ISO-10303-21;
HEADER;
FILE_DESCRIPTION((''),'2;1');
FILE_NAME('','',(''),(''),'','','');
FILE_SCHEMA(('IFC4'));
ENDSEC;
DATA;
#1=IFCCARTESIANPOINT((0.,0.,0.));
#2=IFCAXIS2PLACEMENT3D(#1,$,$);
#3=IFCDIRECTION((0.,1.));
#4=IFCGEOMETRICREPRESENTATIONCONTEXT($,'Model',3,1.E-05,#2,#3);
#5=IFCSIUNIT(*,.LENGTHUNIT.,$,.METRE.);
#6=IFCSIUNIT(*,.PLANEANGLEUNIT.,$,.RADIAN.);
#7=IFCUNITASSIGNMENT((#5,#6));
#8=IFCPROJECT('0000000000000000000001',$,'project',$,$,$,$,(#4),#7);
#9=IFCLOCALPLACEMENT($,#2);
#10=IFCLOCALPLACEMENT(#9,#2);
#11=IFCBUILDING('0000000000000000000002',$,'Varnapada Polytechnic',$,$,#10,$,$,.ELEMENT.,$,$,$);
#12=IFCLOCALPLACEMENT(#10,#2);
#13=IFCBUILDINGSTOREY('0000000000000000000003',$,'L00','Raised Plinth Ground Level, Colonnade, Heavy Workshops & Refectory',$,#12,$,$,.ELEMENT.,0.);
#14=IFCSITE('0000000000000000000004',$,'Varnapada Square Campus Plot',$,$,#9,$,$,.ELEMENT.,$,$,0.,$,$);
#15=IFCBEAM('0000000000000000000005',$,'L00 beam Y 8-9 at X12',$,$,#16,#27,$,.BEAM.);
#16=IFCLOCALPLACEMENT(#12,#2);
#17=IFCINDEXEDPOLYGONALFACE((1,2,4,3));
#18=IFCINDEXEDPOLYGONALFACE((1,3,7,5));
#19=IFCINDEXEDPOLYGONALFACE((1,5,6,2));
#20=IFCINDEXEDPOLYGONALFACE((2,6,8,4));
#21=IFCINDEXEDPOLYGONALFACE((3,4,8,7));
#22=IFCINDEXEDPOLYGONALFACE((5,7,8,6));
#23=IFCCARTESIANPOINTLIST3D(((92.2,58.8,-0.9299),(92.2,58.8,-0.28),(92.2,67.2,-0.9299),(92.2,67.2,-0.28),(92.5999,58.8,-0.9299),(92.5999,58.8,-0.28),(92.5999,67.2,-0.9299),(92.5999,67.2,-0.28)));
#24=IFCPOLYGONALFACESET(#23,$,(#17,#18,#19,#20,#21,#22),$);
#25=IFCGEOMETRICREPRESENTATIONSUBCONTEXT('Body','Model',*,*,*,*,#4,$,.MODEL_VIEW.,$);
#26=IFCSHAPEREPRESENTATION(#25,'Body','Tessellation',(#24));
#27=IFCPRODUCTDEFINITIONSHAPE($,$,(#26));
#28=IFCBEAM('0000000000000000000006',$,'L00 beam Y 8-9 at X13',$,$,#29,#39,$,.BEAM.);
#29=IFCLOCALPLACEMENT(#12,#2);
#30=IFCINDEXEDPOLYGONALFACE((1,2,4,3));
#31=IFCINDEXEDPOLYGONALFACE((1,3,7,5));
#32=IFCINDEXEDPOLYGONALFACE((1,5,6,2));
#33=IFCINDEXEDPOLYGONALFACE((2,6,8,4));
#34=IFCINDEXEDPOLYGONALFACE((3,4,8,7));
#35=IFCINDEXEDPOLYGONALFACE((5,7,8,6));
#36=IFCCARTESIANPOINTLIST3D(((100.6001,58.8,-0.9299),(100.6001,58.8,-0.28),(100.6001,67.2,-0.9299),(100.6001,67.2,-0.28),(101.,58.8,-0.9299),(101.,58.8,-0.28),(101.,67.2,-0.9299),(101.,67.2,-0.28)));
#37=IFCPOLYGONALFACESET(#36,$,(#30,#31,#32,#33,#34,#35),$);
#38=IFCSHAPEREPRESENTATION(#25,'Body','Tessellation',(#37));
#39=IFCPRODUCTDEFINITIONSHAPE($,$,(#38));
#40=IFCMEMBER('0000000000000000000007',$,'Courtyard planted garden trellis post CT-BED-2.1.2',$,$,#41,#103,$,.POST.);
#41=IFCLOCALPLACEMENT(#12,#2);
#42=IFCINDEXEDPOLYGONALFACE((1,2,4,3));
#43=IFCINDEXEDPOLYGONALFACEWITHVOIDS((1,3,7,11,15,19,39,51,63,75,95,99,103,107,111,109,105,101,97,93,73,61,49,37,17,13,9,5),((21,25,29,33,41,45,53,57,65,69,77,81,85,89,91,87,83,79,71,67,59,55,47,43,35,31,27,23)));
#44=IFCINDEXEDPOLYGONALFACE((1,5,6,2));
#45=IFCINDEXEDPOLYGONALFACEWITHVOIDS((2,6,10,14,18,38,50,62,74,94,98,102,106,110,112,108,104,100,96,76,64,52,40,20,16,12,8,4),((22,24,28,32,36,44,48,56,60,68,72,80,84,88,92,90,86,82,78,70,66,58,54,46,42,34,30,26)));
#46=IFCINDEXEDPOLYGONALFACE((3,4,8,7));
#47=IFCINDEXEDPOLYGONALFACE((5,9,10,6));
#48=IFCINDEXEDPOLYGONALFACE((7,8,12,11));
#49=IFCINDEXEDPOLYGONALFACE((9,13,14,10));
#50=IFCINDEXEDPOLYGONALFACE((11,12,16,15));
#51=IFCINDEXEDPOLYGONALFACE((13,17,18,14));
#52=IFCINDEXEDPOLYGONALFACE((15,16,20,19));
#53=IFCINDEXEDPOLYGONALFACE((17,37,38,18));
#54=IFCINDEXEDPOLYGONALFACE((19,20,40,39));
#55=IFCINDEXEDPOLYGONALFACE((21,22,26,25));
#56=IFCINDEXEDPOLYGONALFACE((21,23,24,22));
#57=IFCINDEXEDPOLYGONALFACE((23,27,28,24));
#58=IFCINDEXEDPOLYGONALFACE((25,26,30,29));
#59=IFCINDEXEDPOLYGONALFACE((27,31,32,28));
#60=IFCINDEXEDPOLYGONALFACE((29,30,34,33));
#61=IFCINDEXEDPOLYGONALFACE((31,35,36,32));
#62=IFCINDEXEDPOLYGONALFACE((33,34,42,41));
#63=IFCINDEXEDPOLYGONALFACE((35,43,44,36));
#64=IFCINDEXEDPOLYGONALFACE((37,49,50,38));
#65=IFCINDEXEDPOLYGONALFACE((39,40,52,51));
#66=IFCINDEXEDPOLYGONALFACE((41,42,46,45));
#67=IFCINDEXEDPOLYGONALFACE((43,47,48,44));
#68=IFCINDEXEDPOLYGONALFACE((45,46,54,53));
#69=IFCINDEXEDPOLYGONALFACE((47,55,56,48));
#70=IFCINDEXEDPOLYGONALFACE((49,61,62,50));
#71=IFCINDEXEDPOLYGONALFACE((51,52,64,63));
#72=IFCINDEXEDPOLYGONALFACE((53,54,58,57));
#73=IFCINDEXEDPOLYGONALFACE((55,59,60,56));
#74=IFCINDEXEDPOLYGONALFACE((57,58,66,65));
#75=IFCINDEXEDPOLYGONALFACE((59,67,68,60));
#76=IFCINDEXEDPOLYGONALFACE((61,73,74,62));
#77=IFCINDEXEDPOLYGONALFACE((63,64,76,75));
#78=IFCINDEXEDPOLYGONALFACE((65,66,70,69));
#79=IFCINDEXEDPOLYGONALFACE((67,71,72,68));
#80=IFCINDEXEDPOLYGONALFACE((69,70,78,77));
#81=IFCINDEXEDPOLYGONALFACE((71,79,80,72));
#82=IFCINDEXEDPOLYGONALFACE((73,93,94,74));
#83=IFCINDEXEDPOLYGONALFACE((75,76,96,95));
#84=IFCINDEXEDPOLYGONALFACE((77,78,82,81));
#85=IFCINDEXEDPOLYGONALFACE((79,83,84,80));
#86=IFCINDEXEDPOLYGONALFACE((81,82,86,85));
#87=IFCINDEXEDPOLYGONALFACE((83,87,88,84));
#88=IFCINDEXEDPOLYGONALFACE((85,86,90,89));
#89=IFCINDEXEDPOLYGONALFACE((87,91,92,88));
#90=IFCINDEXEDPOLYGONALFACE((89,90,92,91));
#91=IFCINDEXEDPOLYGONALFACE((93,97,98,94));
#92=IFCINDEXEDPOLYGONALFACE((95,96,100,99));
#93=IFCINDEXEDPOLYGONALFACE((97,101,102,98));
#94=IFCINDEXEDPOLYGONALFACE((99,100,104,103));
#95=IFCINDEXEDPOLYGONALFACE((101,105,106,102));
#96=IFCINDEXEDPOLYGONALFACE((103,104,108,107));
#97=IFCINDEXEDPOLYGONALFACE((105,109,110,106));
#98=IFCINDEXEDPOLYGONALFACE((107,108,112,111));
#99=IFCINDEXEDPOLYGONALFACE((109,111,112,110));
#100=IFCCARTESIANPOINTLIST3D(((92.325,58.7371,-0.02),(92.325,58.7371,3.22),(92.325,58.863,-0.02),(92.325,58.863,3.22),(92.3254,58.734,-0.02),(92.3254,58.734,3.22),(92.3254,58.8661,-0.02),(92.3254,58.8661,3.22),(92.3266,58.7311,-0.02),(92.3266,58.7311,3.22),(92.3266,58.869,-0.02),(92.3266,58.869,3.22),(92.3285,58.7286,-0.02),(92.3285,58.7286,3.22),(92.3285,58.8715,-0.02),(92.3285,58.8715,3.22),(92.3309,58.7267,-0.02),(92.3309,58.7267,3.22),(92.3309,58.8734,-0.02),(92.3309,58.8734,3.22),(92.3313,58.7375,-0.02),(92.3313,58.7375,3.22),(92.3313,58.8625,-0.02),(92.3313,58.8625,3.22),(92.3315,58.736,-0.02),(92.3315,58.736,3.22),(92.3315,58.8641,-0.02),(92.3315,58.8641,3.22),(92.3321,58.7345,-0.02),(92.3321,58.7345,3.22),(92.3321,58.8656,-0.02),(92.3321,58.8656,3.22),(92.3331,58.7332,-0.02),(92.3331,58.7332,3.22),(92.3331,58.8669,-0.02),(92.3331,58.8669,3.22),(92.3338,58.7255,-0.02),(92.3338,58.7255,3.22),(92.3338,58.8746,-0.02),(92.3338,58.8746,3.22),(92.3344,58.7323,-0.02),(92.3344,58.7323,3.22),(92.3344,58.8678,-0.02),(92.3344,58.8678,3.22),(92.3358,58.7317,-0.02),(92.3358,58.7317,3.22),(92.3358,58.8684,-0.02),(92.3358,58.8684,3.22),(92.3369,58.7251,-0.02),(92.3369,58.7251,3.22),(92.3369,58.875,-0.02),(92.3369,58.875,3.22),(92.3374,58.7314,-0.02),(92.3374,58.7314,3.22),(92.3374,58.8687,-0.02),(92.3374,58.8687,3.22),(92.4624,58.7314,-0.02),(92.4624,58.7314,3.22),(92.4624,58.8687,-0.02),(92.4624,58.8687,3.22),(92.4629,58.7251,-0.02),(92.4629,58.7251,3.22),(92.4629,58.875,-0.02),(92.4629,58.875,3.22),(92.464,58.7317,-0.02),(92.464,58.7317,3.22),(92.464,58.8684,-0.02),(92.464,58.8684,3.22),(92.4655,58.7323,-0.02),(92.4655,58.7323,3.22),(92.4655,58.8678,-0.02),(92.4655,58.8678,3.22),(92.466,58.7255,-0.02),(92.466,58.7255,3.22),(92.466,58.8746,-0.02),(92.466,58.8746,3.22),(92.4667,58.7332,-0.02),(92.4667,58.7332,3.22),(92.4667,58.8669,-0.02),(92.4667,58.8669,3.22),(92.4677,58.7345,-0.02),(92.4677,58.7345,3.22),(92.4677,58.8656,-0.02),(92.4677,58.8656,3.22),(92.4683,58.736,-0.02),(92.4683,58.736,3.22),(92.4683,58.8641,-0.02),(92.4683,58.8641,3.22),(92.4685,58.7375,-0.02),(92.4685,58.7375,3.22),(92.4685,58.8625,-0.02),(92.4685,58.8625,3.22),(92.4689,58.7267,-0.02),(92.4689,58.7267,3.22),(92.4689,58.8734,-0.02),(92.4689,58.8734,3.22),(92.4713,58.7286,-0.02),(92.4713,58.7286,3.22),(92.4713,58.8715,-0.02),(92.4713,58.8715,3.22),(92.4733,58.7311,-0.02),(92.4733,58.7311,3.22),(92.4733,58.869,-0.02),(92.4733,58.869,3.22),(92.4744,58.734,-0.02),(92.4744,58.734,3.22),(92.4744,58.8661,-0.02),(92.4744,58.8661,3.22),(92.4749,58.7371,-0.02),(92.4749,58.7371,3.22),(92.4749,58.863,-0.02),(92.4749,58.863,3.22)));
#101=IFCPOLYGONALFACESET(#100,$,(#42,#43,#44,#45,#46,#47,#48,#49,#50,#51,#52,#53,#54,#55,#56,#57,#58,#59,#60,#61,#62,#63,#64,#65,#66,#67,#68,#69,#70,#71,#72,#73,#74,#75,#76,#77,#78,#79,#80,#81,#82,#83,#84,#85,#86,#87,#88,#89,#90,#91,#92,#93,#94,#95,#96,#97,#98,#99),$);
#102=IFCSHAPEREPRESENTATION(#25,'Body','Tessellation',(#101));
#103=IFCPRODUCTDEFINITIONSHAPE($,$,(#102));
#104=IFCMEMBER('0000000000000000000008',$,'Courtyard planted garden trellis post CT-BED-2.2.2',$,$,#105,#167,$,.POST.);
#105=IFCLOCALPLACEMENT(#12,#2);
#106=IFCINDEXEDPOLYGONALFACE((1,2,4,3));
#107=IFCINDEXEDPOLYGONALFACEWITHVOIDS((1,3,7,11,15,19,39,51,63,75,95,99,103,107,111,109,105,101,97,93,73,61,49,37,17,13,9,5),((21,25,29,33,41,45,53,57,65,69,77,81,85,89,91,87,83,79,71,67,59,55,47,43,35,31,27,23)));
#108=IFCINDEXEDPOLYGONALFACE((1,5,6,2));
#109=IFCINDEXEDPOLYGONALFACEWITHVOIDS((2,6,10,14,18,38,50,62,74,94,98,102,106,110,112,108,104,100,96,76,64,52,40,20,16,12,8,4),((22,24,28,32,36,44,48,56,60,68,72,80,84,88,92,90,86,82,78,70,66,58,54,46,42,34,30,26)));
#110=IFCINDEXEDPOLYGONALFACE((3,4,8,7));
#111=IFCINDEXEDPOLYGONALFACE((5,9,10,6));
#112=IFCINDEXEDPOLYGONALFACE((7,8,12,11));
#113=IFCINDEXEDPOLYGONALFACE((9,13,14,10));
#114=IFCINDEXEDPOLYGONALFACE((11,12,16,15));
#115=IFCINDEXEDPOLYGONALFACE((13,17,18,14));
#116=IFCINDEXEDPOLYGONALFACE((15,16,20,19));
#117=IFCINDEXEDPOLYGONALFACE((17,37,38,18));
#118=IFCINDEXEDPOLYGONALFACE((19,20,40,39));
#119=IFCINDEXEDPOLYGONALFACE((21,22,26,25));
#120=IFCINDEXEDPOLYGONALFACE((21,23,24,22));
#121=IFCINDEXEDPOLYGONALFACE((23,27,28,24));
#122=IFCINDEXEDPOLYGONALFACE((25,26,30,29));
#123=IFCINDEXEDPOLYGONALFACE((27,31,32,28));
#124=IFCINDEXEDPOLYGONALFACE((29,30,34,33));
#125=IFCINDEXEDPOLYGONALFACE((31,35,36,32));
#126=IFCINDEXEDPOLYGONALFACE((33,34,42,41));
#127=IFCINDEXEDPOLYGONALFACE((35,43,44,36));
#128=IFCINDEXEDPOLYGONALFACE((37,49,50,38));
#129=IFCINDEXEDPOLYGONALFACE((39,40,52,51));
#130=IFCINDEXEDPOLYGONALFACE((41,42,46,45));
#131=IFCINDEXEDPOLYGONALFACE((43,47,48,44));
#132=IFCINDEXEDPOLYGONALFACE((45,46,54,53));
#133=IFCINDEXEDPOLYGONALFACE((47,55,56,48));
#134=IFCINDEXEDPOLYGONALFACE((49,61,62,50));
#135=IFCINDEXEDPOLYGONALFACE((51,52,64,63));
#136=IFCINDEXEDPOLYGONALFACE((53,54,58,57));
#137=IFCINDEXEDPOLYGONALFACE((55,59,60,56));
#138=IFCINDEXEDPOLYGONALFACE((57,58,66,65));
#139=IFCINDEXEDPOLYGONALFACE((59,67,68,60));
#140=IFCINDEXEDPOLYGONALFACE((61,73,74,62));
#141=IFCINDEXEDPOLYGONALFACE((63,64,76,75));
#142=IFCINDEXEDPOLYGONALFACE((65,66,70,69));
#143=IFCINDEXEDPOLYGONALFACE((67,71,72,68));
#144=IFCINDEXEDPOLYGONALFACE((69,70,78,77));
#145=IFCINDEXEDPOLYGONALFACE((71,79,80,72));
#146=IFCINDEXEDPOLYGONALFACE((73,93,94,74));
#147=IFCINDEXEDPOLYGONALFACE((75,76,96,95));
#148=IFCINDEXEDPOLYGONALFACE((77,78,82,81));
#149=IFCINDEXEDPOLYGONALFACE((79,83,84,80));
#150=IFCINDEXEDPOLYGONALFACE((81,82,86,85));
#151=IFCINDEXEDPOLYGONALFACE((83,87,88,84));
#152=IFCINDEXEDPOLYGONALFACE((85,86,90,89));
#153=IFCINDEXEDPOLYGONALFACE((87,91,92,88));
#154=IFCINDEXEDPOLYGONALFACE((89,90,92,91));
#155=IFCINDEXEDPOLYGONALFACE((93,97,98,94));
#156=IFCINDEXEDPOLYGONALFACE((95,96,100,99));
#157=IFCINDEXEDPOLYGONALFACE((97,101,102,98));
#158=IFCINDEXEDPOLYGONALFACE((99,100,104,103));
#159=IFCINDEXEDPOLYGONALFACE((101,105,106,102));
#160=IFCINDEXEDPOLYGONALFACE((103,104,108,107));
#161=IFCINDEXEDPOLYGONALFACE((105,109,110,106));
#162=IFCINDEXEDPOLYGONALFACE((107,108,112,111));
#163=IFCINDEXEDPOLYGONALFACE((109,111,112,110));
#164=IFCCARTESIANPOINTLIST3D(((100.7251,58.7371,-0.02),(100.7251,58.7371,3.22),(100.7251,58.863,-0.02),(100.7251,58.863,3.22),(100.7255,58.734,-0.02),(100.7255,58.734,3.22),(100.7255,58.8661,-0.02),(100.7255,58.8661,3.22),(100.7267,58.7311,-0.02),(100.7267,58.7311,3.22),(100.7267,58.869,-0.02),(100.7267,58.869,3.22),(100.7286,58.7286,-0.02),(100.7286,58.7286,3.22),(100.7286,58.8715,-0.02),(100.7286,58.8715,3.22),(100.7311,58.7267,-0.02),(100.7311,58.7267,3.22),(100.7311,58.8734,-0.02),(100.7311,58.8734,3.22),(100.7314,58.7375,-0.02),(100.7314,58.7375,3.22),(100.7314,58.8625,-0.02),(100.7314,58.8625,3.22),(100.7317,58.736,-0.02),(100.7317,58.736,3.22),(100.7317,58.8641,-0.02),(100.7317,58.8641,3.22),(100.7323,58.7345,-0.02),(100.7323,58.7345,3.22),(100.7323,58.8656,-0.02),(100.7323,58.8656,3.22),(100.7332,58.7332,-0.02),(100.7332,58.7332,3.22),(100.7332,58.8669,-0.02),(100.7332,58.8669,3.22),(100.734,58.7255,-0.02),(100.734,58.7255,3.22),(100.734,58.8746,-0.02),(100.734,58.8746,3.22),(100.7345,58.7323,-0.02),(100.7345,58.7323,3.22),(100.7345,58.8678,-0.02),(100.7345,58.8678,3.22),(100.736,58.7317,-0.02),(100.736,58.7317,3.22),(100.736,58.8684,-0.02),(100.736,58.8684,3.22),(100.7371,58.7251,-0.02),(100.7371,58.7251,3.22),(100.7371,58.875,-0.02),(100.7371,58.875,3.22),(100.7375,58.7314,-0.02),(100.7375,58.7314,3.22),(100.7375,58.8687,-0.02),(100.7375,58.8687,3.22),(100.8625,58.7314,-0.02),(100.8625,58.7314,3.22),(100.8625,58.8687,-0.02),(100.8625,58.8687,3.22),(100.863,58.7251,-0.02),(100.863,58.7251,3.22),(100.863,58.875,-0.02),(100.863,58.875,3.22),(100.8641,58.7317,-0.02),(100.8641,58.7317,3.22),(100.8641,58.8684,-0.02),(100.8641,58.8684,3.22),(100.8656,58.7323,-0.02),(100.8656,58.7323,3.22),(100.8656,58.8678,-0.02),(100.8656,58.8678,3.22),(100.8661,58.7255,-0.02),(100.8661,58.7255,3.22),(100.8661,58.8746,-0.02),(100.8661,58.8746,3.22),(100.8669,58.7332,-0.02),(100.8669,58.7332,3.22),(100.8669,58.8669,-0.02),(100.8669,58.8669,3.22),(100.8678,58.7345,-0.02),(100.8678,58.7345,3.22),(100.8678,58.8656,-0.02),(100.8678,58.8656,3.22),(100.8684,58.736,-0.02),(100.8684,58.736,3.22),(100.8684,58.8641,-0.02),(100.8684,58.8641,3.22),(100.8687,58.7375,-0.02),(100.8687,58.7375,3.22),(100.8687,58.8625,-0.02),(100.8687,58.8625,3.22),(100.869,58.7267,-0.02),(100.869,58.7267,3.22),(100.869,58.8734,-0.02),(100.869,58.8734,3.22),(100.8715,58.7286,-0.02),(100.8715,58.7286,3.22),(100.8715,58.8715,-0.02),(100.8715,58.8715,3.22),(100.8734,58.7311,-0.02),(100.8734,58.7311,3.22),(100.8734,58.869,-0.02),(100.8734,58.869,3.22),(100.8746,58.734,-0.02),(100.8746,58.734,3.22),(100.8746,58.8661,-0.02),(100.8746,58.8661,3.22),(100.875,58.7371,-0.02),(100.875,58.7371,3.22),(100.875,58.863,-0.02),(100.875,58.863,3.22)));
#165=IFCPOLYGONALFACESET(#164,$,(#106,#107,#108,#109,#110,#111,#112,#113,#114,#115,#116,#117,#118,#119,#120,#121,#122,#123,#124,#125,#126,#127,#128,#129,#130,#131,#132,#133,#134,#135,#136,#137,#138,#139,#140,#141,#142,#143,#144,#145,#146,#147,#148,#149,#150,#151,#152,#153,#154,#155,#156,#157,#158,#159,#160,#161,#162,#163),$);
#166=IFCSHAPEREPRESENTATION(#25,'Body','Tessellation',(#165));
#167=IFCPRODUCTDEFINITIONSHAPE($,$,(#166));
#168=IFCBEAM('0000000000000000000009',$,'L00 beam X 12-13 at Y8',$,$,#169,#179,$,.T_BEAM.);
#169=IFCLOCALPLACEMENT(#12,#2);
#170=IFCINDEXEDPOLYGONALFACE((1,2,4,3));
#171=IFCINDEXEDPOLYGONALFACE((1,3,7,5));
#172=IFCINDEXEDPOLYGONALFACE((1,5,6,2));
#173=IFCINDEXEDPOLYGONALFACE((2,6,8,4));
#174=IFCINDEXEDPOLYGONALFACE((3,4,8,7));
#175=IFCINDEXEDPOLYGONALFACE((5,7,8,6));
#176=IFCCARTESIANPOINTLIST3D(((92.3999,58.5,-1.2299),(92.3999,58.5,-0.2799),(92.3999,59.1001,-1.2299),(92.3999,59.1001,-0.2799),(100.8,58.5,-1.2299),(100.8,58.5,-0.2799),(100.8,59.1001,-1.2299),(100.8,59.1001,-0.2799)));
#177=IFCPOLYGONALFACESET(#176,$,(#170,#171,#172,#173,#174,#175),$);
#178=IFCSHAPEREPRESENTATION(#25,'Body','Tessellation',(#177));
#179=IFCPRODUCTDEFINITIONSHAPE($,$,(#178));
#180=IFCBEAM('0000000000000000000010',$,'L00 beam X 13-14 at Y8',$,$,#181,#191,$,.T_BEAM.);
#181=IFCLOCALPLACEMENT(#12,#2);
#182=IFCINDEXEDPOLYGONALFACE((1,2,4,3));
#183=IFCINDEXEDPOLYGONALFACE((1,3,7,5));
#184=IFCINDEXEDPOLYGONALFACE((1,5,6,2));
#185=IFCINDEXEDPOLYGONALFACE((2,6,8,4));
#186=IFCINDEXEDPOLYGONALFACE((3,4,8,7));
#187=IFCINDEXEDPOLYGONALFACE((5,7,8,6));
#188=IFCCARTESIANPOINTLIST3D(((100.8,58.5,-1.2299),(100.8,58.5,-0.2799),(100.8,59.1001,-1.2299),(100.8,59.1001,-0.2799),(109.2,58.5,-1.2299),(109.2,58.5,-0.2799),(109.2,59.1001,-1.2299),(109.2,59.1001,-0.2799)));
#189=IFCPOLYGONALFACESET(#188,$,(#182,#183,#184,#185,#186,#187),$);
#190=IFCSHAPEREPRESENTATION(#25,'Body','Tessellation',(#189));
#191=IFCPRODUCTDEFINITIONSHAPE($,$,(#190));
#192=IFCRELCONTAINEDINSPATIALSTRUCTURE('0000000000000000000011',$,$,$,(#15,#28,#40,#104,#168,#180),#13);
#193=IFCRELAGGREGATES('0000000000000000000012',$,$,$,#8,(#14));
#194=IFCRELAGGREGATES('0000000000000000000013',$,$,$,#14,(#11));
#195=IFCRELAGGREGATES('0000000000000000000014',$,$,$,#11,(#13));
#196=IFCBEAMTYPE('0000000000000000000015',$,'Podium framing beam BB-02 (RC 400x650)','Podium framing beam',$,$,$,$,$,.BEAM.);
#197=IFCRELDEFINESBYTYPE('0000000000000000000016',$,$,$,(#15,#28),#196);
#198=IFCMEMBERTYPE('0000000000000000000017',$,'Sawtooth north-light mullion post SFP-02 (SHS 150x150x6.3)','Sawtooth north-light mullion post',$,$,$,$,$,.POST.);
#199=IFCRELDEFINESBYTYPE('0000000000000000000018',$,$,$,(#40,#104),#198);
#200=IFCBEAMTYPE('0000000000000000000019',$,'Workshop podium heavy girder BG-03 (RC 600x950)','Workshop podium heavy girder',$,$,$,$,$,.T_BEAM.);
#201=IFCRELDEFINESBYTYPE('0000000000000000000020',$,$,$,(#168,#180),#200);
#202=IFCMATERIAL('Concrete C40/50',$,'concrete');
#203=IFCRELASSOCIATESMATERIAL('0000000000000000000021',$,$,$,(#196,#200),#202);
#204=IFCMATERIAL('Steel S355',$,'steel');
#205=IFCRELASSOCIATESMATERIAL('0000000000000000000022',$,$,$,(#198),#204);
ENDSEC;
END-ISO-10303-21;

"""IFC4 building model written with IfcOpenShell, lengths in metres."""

from ifc_helpers import new_model, si_unit, direction, frame, origin, origin_2d, place, context, subcontext, project, spatial, rectangle, hollow_rectangle, extrude, material, material_profile, profile_set, type_object, element, save


model = new_model("IFC4")

# Units and contexts
model_context = context("Model", 3, precision=1e-05, world=origin(), true_north=direction((0.0, 1.0)))
body_context = subcontext(model_context, "Body", "Model", "MODEL_VIEW")
ifc_project = project(units=[si_unit("LENGTHUNIT", "METRE"), si_unit("PLANEANGLEUNIT", "RADIAN")], contexts=[model_context])

# Site, building, storey
site_placement = place(None, origin())
site = spatial("IfcSite", under=ifc_project, at=site_placement, Name="Varnapada Square Campus Plot", CompositionType="ELEMENT", RefElevation=0.0)
building_placement = place(site_placement, origin())
building = spatial("IfcBuilding", under=site, at=building_placement, Name="Varnapada Polytechnic", CompositionType="ELEMENT")
storey_placement = place(building_placement, origin())
storey = spatial("IfcBuildingStorey", under=building, at=storey_placement, Name="L00", Description="Raised Plinth Ground Level, Colonnade, Heavy Workshops & Refectory", CompositionType="ELEMENT", Elevation=0.0)

# Shared definitions
ifc_material_1 = material(Name="Concrete C40/50", Category="concrete")

# Shared definitions
ifc_material_2 = material(Name="Steel S355", Category="steel")

# Beams
ifc_material_profile_1 = material_profile(ifc_material_1, rectangle(XDim=0.3999, YDim=0.6499, at=origin_2d()), Name="RC 400x650")
ifc_profile_set_1 = profile_set([ifc_material_profile_1], Name="Concrete C40/50")
beam_type_1 = type_object("IfcBeamType", Name="Podium framing beam BB-02 (RC 400x650)", Description="Podium framing beam", PredefinedType="BEAM", material=ifc_profile_set_1)
for number, where, z_axis, x_axis, name in (
    (1, (92.3999, 58.8, -0.605), (0.0, 1.0, 0.0), (-1.0, 0.0, 0.0), "L00 beam Y 8-9 at X12"),
    (2, (100.8, 58.8, -0.605), (0.0, 1.0, 0.0), (-1.0, 0.0, 0.0), "L00 beam Y 8-9 at X13"),
):
    element("IfcBeam", number, at=place(storey_placement, frame(where, z_axis=z_axis, x_axis=x_axis)), inside=storey, type_object=beam_type_1, Name=name, PredefinedType="BEAM", context=body_context, shape_type="SweptSolid", body=[
        extrude(rectangle(XDim=0.3999, YDim=0.6499, at=origin_2d()), origin(), (0.0, 0.0, 1.0), 8.3999),
    ])

# Members
ifc_material_profile_2 = material_profile(ifc_material_2, hollow_rectangle(XDim=0.1499, YDim=0.1499, WallThickness=0.0063, InnerFilletRadius=0.0061, OuterFilletRadius=0.012, at=origin_2d()), Name="SHS 150x150x6.3")
ifc_profile_set_2 = profile_set([ifc_material_profile_2], Name="Steel S355")
member_type_1 = type_object("IfcMemberType", Name="Sawtooth north-light mullion post SFP-02 (SHS 150x150x6.3)", Description="Sawtooth north-light mullion post", PredefinedType="POST", material=ifc_profile_set_2)
for number, where, z_axis, x_axis, name in (
    (3, (92.3999, 58.8, -0.02), (0.0, 0.0, 1.0), (1.0, 0.0, 0.0), "Courtyard planted garden trellis post CT-BED-2.1.2"),
    (4, (100.8, 58.8, -0.02), (0.0, 0.0, 1.0), (1.0, 0.0, 0.0), "Courtyard planted garden trellis post CT-BED-2.2.2"),
):
    element("IfcMember", number, at=place(storey_placement, frame(where, z_axis=z_axis, x_axis=x_axis)), inside=storey, type_object=member_type_1, Name=name, PredefinedType="POST", context=body_context, shape_type="SweptSolid", body=[
        extrude(hollow_rectangle(XDim=0.1499, YDim=0.1499, WallThickness=0.0063, InnerFilletRadius=0.0061, OuterFilletRadius=0.012, at=origin_2d()), origin(), (0.0, 0.0, 1.0), 3.24),
    ])

# Beams
ifc_material_profile_3 = material_profile(ifc_material_1, rectangle(XDim=0.6001, YDim=0.95, at=origin_2d()), Name="RC 600x950")
ifc_profile_set_3 = profile_set([ifc_material_profile_3], Name="Concrete C40/50")
beam_type_2 = type_object("IfcBeamType", Name="Workshop podium heavy girder BG-03 (RC 600x950)", Description="Workshop podium heavy girder", PredefinedType="T_BEAM", material=ifc_profile_set_3)
beam_1_placement = place(storey_placement, frame((92.3999, 58.8, -0.7549), z_axis=(1.0, 0.0, 0.0), x_axis=(0.0, 1.0, 0.0)))
element("IfcBeam", 5, at=beam_1_placement, inside=storey, type_object=beam_type_2, Name="L00 beam X 12-13 at Y8", PredefinedType="T_BEAM", context=body_context, shape_type="SweptSolid", body=[
    extrude(rectangle(XDim=0.6001, YDim=0.95, at=origin_2d()), origin(), (0.0, 0.0, 1.0), 8.4001),
])
beam_2_placement = place(storey_placement, frame((100.8, 58.8, -0.7549), z_axis=(1.0, 0.0, 0.0), x_axis=(0.0, 1.0, 0.0)))
element("IfcBeam", 6, at=beam_2_placement, inside=storey, type_object=beam_type_2, Name="L00 beam X 13-14 at Y8", PredefinedType="T_BEAM", context=body_context, shape_type="SweptSolid", body=[
    extrude(rectangle(XDim=0.6001, YDim=0.95, at=origin_2d()), origin(), (0.0, 0.0, 1.0), 8.3999),
])

save(model, "model.ifc")
